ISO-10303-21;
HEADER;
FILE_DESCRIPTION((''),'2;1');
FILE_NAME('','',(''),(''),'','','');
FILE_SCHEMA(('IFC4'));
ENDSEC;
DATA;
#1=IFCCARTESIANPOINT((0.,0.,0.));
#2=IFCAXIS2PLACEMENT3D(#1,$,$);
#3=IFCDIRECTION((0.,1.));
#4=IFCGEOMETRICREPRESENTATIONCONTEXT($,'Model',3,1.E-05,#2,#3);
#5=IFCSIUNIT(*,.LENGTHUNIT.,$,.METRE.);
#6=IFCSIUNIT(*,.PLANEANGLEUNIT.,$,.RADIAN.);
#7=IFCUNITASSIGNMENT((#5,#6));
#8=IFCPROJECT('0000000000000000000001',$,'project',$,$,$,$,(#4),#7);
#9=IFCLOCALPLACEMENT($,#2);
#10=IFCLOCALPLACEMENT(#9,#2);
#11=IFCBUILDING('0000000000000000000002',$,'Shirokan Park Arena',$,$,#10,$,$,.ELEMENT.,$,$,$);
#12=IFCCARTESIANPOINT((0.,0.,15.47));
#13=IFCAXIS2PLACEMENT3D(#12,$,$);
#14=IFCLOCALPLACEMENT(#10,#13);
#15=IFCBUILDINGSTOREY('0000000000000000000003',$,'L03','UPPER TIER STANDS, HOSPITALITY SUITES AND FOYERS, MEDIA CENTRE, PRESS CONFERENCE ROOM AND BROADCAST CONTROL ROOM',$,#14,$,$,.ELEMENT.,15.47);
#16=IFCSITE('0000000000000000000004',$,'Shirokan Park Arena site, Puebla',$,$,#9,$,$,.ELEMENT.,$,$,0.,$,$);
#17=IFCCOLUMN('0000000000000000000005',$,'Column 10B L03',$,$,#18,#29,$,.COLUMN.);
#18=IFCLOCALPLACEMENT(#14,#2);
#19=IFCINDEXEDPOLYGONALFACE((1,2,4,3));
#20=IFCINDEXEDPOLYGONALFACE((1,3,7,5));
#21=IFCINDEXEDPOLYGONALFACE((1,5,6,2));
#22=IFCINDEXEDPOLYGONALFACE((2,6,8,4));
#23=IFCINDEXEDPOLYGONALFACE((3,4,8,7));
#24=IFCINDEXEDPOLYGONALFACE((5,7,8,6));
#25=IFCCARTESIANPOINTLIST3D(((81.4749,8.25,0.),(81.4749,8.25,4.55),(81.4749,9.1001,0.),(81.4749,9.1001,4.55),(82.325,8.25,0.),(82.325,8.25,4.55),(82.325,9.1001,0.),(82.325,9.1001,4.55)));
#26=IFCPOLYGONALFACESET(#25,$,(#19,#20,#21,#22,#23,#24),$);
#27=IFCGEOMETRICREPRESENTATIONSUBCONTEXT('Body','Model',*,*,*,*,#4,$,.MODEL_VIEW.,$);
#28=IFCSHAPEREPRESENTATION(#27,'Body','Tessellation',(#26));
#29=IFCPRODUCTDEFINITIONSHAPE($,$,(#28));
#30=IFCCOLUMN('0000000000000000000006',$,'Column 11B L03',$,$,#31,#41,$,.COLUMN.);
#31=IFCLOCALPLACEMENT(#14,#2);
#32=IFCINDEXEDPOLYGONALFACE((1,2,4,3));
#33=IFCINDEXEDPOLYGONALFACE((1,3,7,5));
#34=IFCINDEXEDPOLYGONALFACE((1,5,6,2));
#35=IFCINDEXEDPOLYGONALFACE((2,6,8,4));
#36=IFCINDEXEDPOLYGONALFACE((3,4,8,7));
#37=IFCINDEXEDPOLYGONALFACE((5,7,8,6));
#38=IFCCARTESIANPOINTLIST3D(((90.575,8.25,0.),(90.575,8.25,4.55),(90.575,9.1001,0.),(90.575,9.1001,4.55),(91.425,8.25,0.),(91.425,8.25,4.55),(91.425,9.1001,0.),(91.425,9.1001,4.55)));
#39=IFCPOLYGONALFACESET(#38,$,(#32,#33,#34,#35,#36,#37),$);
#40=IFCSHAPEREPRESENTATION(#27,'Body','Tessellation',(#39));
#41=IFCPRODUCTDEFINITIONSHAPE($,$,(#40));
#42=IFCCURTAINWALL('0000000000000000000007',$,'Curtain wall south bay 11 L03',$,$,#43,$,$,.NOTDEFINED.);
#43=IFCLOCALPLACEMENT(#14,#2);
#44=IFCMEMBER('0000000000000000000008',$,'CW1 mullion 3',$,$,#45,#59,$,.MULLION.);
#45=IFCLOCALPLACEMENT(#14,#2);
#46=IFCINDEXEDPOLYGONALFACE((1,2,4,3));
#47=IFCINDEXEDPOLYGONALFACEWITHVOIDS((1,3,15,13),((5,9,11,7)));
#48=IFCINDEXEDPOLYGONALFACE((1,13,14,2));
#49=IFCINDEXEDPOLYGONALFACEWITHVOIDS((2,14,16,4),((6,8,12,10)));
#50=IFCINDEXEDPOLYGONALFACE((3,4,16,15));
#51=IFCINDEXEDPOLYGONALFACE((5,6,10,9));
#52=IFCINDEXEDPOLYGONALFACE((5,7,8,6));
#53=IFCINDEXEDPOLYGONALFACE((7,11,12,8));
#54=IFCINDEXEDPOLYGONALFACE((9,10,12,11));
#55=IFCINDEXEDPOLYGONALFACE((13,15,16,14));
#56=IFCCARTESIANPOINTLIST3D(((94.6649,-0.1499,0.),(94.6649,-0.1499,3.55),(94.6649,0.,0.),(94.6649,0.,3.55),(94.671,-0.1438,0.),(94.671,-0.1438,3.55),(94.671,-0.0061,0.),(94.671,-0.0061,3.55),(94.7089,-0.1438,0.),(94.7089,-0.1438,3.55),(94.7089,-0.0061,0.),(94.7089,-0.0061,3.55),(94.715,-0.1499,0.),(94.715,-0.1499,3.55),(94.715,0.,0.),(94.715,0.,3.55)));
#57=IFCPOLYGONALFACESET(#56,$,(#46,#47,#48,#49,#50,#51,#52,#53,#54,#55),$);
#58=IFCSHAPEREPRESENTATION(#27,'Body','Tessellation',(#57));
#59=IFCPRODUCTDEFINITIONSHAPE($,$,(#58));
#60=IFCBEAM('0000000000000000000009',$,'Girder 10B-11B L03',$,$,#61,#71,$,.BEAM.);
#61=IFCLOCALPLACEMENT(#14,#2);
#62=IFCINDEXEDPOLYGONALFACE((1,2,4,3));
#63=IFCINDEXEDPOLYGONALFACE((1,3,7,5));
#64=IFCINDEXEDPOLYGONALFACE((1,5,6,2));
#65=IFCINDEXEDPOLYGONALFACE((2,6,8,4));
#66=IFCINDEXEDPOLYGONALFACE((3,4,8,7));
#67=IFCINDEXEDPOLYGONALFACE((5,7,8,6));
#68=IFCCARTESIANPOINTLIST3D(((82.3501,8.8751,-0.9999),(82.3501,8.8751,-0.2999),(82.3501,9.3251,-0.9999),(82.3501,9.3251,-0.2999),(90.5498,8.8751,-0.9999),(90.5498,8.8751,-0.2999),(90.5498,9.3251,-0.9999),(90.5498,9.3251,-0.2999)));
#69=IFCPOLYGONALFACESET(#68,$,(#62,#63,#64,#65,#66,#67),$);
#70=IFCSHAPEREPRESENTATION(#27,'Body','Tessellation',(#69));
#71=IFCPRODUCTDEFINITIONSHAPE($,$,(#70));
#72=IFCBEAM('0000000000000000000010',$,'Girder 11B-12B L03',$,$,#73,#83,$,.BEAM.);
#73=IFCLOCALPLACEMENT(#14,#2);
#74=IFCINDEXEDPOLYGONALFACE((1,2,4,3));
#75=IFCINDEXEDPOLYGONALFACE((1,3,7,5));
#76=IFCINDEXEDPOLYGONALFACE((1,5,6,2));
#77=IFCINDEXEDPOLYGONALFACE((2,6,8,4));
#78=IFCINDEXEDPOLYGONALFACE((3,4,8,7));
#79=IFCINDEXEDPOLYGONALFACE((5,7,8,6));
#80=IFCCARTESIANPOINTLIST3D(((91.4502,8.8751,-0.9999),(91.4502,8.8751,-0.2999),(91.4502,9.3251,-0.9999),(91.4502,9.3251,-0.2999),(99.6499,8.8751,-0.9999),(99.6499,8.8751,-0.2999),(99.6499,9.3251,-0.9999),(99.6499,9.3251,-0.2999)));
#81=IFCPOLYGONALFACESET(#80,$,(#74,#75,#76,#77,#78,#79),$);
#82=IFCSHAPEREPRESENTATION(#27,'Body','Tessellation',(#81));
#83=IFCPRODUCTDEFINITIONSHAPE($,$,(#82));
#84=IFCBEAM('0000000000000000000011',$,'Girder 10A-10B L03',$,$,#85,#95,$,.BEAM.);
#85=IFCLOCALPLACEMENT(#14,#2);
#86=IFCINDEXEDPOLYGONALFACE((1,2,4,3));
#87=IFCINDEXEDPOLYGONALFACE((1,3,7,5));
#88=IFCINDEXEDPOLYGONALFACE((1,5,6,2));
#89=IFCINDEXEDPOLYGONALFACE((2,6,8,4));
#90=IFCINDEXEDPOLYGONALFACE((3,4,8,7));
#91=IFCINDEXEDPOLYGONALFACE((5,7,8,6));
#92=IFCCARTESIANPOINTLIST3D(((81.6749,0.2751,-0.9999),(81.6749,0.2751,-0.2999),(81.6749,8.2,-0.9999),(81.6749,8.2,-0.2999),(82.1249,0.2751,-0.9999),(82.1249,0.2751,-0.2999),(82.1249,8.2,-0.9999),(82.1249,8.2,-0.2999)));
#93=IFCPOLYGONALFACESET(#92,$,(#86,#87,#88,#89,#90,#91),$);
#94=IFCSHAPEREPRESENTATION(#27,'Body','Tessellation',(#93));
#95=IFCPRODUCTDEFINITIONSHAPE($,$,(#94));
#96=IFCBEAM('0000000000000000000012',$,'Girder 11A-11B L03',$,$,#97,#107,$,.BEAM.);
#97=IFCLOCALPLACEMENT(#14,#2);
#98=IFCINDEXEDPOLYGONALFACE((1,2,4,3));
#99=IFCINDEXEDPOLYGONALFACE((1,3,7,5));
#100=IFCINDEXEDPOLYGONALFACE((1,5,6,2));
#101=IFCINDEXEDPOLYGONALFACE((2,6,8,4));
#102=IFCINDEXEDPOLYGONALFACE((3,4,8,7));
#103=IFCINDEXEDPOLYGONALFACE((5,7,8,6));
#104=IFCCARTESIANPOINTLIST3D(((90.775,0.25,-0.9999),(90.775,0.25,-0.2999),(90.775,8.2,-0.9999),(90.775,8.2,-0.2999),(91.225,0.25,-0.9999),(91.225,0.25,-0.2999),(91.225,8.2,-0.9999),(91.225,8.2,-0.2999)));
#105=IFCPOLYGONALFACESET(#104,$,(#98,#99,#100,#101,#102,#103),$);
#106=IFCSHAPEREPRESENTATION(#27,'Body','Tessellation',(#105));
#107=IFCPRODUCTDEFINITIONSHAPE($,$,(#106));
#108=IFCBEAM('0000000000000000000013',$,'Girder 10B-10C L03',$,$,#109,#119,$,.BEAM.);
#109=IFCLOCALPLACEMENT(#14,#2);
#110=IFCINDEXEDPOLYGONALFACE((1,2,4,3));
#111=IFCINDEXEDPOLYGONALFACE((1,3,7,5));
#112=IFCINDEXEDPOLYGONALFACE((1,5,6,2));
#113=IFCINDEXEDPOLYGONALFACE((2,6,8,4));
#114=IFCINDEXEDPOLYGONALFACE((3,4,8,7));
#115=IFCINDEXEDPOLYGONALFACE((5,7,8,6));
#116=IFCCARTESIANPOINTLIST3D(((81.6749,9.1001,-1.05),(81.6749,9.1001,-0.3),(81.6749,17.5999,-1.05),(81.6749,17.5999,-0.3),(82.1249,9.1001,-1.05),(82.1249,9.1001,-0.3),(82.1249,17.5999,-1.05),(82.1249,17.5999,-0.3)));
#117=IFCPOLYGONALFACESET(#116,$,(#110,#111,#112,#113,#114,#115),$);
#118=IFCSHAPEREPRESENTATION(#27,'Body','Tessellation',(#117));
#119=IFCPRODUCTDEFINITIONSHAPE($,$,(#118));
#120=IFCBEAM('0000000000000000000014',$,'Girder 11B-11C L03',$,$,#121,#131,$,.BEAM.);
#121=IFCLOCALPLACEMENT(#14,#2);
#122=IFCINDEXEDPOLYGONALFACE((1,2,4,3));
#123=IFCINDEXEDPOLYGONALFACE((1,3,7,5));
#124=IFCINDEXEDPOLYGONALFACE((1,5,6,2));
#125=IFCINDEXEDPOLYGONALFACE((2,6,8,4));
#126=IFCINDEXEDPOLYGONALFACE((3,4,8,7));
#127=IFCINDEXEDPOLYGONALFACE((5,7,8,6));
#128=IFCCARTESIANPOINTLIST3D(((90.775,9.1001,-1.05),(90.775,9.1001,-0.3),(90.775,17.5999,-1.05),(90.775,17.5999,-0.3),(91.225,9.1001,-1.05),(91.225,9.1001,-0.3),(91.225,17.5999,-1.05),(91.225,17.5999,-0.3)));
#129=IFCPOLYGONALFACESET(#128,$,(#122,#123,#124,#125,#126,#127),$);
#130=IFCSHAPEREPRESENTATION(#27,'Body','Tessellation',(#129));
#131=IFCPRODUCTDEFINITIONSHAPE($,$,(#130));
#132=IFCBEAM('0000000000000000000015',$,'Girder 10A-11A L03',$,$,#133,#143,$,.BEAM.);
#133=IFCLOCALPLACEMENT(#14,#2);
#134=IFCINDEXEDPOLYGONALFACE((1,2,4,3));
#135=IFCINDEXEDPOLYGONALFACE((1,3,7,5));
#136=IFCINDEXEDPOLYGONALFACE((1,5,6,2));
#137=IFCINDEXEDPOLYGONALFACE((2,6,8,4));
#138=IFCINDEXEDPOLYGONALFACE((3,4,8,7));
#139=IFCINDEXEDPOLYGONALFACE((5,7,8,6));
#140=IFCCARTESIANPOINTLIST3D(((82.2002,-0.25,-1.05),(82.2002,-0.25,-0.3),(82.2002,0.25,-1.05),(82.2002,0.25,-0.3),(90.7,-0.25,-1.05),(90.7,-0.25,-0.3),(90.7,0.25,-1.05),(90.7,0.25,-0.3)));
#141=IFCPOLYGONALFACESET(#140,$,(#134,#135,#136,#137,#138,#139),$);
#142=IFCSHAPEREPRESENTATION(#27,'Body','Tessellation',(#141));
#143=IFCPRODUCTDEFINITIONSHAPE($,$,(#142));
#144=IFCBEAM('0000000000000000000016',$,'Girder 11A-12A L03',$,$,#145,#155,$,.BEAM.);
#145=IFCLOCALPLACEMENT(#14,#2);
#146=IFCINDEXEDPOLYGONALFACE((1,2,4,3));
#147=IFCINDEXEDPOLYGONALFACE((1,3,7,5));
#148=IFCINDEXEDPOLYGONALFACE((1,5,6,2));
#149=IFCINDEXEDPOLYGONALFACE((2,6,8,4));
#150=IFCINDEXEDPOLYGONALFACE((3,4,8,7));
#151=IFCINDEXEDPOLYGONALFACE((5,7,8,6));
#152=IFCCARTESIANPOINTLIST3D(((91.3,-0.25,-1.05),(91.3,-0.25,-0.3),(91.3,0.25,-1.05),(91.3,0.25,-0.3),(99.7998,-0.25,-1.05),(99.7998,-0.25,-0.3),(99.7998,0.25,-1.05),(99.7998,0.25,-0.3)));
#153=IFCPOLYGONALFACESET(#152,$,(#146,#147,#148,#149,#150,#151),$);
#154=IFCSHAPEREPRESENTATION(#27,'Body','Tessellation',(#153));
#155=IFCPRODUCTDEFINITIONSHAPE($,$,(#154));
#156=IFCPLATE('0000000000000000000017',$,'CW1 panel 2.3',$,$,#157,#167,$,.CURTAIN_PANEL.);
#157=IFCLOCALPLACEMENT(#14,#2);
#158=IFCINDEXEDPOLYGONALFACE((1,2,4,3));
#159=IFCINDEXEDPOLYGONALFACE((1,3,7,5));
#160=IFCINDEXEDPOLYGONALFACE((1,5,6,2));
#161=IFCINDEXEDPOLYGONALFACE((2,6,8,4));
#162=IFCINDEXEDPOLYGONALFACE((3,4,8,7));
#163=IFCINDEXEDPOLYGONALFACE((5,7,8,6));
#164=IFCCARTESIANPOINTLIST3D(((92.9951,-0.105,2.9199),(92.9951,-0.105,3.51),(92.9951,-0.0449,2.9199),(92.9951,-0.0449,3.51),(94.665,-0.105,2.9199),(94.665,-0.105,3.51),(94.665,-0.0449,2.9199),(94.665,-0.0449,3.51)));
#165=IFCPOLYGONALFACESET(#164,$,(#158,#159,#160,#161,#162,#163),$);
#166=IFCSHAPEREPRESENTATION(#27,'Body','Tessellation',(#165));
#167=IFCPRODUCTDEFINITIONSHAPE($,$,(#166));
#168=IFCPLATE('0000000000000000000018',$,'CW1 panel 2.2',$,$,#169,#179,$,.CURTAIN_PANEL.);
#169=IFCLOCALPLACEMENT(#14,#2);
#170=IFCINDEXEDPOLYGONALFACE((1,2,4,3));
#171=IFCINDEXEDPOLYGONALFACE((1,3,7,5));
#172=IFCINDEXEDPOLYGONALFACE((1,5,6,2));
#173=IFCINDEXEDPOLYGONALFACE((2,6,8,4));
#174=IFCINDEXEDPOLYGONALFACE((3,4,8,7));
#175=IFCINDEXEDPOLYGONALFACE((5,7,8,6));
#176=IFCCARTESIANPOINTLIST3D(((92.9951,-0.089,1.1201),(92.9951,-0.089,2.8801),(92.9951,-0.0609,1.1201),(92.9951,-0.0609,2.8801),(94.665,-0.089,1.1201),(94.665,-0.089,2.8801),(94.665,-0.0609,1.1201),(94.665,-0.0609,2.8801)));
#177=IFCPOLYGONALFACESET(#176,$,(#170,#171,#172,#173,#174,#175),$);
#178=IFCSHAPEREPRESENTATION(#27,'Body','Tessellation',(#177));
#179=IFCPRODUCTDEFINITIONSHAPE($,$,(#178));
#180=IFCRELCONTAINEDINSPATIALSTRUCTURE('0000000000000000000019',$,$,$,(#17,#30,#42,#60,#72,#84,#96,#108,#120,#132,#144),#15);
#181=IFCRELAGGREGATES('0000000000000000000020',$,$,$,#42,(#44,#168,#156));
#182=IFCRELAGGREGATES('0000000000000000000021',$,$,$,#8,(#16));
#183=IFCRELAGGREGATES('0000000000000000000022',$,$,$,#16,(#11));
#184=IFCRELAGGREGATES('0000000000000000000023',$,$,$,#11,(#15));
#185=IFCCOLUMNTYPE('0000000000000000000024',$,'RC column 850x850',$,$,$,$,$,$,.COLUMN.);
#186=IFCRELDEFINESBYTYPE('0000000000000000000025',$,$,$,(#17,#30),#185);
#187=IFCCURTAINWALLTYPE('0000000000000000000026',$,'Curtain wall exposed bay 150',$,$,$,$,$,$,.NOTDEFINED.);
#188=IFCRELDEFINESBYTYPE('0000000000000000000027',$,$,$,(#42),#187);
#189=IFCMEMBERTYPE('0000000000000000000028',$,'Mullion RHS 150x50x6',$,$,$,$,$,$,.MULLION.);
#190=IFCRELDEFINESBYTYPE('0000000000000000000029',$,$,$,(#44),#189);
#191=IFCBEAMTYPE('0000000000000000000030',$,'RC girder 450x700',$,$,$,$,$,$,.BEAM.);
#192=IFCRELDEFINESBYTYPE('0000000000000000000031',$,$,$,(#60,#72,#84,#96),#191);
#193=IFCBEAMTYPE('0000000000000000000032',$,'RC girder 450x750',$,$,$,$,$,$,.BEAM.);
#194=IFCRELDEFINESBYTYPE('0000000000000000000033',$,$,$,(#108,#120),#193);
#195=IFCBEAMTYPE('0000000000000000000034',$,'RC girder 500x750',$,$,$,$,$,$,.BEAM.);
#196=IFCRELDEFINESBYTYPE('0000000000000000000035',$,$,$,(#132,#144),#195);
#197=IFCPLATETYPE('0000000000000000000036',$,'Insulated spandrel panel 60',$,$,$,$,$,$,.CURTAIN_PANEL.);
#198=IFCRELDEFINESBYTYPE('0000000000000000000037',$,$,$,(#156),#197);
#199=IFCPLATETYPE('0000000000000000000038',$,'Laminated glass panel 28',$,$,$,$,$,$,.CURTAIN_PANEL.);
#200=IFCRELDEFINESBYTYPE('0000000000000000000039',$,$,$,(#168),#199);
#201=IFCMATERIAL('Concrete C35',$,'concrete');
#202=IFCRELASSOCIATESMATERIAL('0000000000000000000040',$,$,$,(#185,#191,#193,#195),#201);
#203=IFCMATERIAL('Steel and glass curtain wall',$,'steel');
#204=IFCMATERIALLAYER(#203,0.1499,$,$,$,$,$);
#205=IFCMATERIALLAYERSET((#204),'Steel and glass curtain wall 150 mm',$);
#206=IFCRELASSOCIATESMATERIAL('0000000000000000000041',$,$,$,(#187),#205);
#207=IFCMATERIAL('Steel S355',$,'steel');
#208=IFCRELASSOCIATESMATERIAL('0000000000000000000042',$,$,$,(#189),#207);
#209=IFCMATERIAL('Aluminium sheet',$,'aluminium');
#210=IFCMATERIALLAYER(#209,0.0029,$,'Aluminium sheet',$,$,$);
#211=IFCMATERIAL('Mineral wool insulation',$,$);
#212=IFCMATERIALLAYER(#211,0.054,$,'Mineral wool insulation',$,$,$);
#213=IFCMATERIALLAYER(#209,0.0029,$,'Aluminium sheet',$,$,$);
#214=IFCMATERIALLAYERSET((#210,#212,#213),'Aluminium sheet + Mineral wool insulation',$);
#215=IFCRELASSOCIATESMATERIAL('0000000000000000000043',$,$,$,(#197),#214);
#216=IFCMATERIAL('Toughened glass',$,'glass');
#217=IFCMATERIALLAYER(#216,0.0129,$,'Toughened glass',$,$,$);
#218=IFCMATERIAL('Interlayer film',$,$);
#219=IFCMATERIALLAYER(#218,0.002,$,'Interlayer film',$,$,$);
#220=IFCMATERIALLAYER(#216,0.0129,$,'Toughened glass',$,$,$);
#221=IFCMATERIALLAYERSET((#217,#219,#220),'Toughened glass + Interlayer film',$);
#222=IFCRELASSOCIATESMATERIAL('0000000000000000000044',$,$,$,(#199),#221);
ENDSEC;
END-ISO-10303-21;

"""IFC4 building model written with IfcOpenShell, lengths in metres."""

from ifc_helpers import new_model, si_unit, direction, frame, origin, origin_2d, place, context, subcontext, project, spatial, rectangle, hollow_rectangle, extrude, material, layer, layer_set, material_profile, profile_set, type_object, element, aggregate, save


model = new_model("IFC4")

# Units and contexts
model_context = context("Model", 3, precision=1e-05, world=origin(), true_north=direction((0.0, 1.0)))
body_context = subcontext(model_context, "Body", "Model", "MODEL_VIEW")
ifc_project = project(units=[si_unit("LENGTHUNIT", "METRE"), si_unit("PLANEANGLEUNIT", "RADIAN")], contexts=[model_context])

# Site, building, storey
site_placement = place(None, origin())
site = spatial("IfcSite", under=ifc_project, at=site_placement, Name="Shirokan Park Arena site, Puebla", CompositionType="ELEMENT", RefElevation=0.0)
building_placement = place(site_placement, origin())
building = spatial("IfcBuilding", under=site, at=building_placement, Name="Shirokan Park Arena", CompositionType="ELEMENT")
storey_placement = place(building_placement, frame((0.0, 0.0, 15.47)))
storey = spatial("IfcBuildingStorey", under=building, at=storey_placement, Name="L03", Description="UPPER TIER STANDS, HOSPITALITY SUITES AND FOYERS, MEDIA CENTRE, PRESS CONFERENCE ROOM AND BROADCAST CONTROL ROOM", CompositionType="ELEMENT", Elevation=15.47)

# Columns
ifc_material_1 = material(Name="Concrete C35", Category="concrete")
ifc_material_profile_1 = material_profile(ifc_material_1, rectangle(XDim=0.8501, YDim=0.8501, at=origin_2d()), Name="850x850")
ifc_profile_set_1 = profile_set([ifc_material_profile_1], Name="Concrete C35")
column_type = type_object("IfcColumnType", Name="RC column 850x850", PredefinedType="COLUMN", material=ifc_profile_set_1)
for number, where, z_axis, x_axis, name in (
    (1, (81.8999, 8.675, 0.0), (0.0, 0.0, 1.0), (1.0, 0.0, 0.0), "Column 10B L03"),
    (2, (91.0, 8.675, 0.0), (0.0, 0.0, 1.0), (1.0, 0.0, 0.0), "Column 11B L03"),
):
    element("IfcColumn", number, at=place(storey_placement, frame(where, z_axis=z_axis, x_axis=x_axis)), inside=storey, type_object=column_type, Name=name, PredefinedType="COLUMN", context=body_context, shape_type="SweptSolid", body=[
        extrude(rectangle(XDim=0.8501, YDim=0.8501, at=origin_2d()), origin(), (0.0, 0.0, 1.0), 4.55),
    ])

# Curtain wall, member
ifc_material_2 = material(Name="Steel and glass curtain wall", Category="steel")
ifc_layer_1 = layer(ifc_material_2, 0.1499)
ifc_layer_set_1 = layer_set([ifc_layer_1], Name="Steel and glass curtain wall 150 mm")
curtain_wall_type = type_object("IfcCurtainWallType", Name="Curtain wall exposed bay 150", PredefinedType="NOTDEFINED", material=ifc_layer_set_1)
curtain_wall_placement = place(storey_placement, origin())
curtain_wall = element("IfcCurtainWall", 3, at=curtain_wall_placement, inside=storey, type_object=curtain_wall_type, Name="Curtain wall south bay 11 L03", PredefinedType="NOTDEFINED")
ifc_material_3 = material(Name="Steel S355", Category="steel")
ifc_material_profile_2 = material_profile(ifc_material_3, hollow_rectangle(XDim=0.1499, YDim=0.05, WallThickness=0.0061, at=origin_2d()), Name="RHS 150x50x6")
ifc_profile_set_2 = profile_set([ifc_material_profile_2], Name="Steel S355")
member_type = type_object("IfcMemberType", Name="Mullion RHS 150x50x6", PredefinedType="MULLION", material=ifc_profile_set_2)
member_placement = place(storey_placement, frame((94.6899, -0.075, 0.0), z_axis=(0.0, 0.0, 1.0), x_axis=(0.0, 1.0, 0.0)))
member = element("IfcMember", 4, at=member_placement, type_object=member_type, Name="CW1 mullion 3", PredefinedType="MULLION", context=body_context, shape_type="SweptSolid", body=[
    extrude(hollow_rectangle(XDim=0.1499, YDim=0.05, WallThickness=0.0061, at=origin_2d()), origin(), (0.0, 0.0, 1.0), 3.55),
])

# Beams
ifc_material_profile_3 = material_profile(ifc_material_1, rectangle(XDim=0.45, YDim=0.7, at=origin_2d()), Name="450x700")
ifc_profile_set_3 = profile_set([ifc_material_profile_3], Name="Concrete C35")
beam_type_1 = type_object("IfcBeamType", Name="RC girder 450x700", PredefinedType="BEAM", material=ifc_profile_set_3)
for number, where, z_axis, x_axis, name in (
    (5, (82.3501, 9.1001, -0.6499), (1.0, 0.0, 0.0), (0.0, 1.0, 0.0), "Girder 10B-11B L03"),
    (6, (91.4502, 9.1001, -0.6499), (1.0, 0.0, 0.0), (0.0, 1.0, 0.0), "Girder 11B-12B L03"),
):
    element("IfcBeam", number, at=place(storey_placement, frame(where, z_axis=z_axis, x_axis=x_axis)), inside=storey, type_object=beam_type_1, Name=name, PredefinedType="BEAM", context=body_context, shape_type="SweptSolid", body=[
        extrude(rectangle(XDim=0.45, YDim=0.7, at=origin_2d()), origin(), (0.0, 0.0, 1.0), 8.1997),
    ])
beam_1_placement = place(storey_placement, frame((81.8999, 0.2751, -0.6499), z_axis=(0.0, 1.0, 0.0), x_axis=(-1.0, 0.0, 0.0)))
element("IfcBeam", 7, at=beam_1_placement, inside=storey, type_object=beam_type_1, Name="Girder 10A-10B L03", PredefinedType="BEAM", context=body_context, shape_type="SweptSolid", body=[
    extrude(rectangle(XDim=0.45, YDim=0.7, at=origin_2d()), origin(), (0.0, 0.0, 1.0), 7.9248),
])
beam_2_placement = place(storey_placement, frame((91.0, 0.25, -0.6499), z_axis=(0.0, 1.0, 0.0), x_axis=(-1.0, 0.0, 0.0)))
element("IfcBeam", 8, at=beam_2_placement, inside=storey, type_object=beam_type_1, Name="Girder 11A-11B L03", PredefinedType="BEAM", context=body_context, shape_type="SweptSolid", body=[
    extrude(rectangle(XDim=0.45, YDim=0.7, at=origin_2d()), origin(), (0.0, 0.0, 1.0), 7.95),
])
ifc_material_profile_4 = material_profile(ifc_material_1, rectangle(XDim=0.45, YDim=0.75, at=origin_2d()), Name="450x750")
ifc_profile_set_4 = profile_set([ifc_material_profile_4], Name="Concrete C35")
beam_type_2 = type_object("IfcBeamType", Name="RC girder 450x750", PredefinedType="BEAM", material=ifc_profile_set_4)
for number, where, z_axis, x_axis, name in (
    (9, (81.8999, 9.1001, -0.675), (0.0, 1.0, 0.0), (-1.0, 0.0, 0.0), "Girder 10B-10C L03"),
    (10, (91.0, 9.1001, -0.675), (0.0, 1.0, 0.0), (-1.0, 0.0, 0.0), "Girder 11B-11C L03"),
):
    element("IfcBeam", number, at=place(storey_placement, frame(where, z_axis=z_axis, x_axis=x_axis)), inside=storey, type_object=beam_type_2, Name=name, PredefinedType="BEAM", context=body_context, shape_type="SweptSolid", body=[
        extrude(rectangle(XDim=0.45, YDim=0.75, at=origin_2d()), origin(), (0.0, 0.0, 1.0), 8.4998),
    ])
ifc_material_profile_5 = material_profile(ifc_material_1, rectangle(XDim=0.5, YDim=0.75, at=origin_2d()), Name="500x750")
ifc_profile_set_5 = profile_set([ifc_material_profile_5], Name="Concrete C35")
beam_type_3 = type_object("IfcBeamType", Name="RC girder 500x750", PredefinedType="BEAM", material=ifc_profile_set_5)
for number, where, z_axis, x_axis, name in (
    (11, (82.2002, 0.0, -0.675), (1.0, 0.0, 0.0), (0.0, 1.0, 0.0), "Girder 10A-11A L03"),
    (12, (91.3, 0.0, -0.675), (1.0, 0.0, 0.0), (0.0, 1.0, 0.0), "Girder 11A-12A L03"),
):
    element("IfcBeam", number, at=place(storey_placement, frame(where, z_axis=z_axis, x_axis=x_axis)), inside=storey, type_object=beam_type_3, Name=name, PredefinedType="BEAM", context=body_context, shape_type="SweptSolid", body=[
        extrude(rectangle(XDim=0.5, YDim=0.75, at=origin_2d()), origin(), (0.0, 0.0, 1.0), 8.4998),
    ])

# Plates
ifc_material_4 = material(Name="Aluminium sheet", Category="aluminium")
ifc_layer_2 = layer(ifc_material_4, 0.0029, Name="Aluminium sheet")
ifc_material_5 = material(Name="Mineral wool insulation")
ifc_layer_3 = layer(ifc_material_5, 0.054, Name="Mineral wool insulation")
ifc_layer_4 = layer(ifc_material_4, 0.0029, Name="Aluminium sheet")
ifc_layer_set_2 = layer_set([ifc_layer_2, ifc_layer_3, ifc_layer_4], Name="Aluminium sheet + Mineral wool insulation")
plate_type_1 = type_object("IfcPlateType", Name="Insulated spandrel panel 60", PredefinedType="CURTAIN_PANEL", material=ifc_layer_set_2)
plate_1_placement = place(storey_placement, frame((93.8301, -0.075, 2.9199), z_axis=(0.0, 0.0, 1.0), x_axis=(1.0, 0.0, 0.0)))
plate_1 = element("IfcPlate", 13, at=plate_1_placement, type_object=plate_type_1, Name="CW1 panel 2.3", PredefinedType="CURTAIN_PANEL", context=body_context, shape_type="SweptSolid", body=[
    extrude(rectangle(XDim=1.6699, YDim=0.0601, at=origin_2d()), origin(), (0.0, 0.0, 1.0), 0.5901),
])
ifc_material_6 = material(Name="Toughened glass", Category="glass")
ifc_layer_5 = layer(ifc_material_6, 0.0129, Name="Toughened glass")
ifc_material_7 = material(Name="Interlayer film")
ifc_layer_6 = layer(ifc_material_7, 0.002, Name="Interlayer film")
ifc_layer_7 = layer(ifc_material_6, 0.0129, Name="Toughened glass")
ifc_layer_set_3 = layer_set([ifc_layer_5, ifc_layer_6, ifc_layer_7], Name="Toughened glass + Interlayer film")
plate_type_2 = type_object("IfcPlateType", Name="Laminated glass panel 28", PredefinedType="CURTAIN_PANEL", material=ifc_layer_set_3)
plate_2_placement = place(storey_placement, frame((93.8301, -0.075, 1.1201), z_axis=(0.0, 0.0, 1.0), x_axis=(1.0, 0.0, 0.0)))
plate_2 = element("IfcPlate", 14, at=plate_2_placement, type_object=plate_type_2, Name="CW1 panel 2.2", PredefinedType="CURTAIN_PANEL", context=body_context, shape_type="SweptSolid", body=[
    extrude(rectangle(XDim=1.6699, YDim=0.0281, at=origin_2d()), origin(), (0.0, 0.0, 1.0), 1.76),
])
aggregate(curtain_wall, [member, plate_2, plate_1])

save(model, "model.ifc")
